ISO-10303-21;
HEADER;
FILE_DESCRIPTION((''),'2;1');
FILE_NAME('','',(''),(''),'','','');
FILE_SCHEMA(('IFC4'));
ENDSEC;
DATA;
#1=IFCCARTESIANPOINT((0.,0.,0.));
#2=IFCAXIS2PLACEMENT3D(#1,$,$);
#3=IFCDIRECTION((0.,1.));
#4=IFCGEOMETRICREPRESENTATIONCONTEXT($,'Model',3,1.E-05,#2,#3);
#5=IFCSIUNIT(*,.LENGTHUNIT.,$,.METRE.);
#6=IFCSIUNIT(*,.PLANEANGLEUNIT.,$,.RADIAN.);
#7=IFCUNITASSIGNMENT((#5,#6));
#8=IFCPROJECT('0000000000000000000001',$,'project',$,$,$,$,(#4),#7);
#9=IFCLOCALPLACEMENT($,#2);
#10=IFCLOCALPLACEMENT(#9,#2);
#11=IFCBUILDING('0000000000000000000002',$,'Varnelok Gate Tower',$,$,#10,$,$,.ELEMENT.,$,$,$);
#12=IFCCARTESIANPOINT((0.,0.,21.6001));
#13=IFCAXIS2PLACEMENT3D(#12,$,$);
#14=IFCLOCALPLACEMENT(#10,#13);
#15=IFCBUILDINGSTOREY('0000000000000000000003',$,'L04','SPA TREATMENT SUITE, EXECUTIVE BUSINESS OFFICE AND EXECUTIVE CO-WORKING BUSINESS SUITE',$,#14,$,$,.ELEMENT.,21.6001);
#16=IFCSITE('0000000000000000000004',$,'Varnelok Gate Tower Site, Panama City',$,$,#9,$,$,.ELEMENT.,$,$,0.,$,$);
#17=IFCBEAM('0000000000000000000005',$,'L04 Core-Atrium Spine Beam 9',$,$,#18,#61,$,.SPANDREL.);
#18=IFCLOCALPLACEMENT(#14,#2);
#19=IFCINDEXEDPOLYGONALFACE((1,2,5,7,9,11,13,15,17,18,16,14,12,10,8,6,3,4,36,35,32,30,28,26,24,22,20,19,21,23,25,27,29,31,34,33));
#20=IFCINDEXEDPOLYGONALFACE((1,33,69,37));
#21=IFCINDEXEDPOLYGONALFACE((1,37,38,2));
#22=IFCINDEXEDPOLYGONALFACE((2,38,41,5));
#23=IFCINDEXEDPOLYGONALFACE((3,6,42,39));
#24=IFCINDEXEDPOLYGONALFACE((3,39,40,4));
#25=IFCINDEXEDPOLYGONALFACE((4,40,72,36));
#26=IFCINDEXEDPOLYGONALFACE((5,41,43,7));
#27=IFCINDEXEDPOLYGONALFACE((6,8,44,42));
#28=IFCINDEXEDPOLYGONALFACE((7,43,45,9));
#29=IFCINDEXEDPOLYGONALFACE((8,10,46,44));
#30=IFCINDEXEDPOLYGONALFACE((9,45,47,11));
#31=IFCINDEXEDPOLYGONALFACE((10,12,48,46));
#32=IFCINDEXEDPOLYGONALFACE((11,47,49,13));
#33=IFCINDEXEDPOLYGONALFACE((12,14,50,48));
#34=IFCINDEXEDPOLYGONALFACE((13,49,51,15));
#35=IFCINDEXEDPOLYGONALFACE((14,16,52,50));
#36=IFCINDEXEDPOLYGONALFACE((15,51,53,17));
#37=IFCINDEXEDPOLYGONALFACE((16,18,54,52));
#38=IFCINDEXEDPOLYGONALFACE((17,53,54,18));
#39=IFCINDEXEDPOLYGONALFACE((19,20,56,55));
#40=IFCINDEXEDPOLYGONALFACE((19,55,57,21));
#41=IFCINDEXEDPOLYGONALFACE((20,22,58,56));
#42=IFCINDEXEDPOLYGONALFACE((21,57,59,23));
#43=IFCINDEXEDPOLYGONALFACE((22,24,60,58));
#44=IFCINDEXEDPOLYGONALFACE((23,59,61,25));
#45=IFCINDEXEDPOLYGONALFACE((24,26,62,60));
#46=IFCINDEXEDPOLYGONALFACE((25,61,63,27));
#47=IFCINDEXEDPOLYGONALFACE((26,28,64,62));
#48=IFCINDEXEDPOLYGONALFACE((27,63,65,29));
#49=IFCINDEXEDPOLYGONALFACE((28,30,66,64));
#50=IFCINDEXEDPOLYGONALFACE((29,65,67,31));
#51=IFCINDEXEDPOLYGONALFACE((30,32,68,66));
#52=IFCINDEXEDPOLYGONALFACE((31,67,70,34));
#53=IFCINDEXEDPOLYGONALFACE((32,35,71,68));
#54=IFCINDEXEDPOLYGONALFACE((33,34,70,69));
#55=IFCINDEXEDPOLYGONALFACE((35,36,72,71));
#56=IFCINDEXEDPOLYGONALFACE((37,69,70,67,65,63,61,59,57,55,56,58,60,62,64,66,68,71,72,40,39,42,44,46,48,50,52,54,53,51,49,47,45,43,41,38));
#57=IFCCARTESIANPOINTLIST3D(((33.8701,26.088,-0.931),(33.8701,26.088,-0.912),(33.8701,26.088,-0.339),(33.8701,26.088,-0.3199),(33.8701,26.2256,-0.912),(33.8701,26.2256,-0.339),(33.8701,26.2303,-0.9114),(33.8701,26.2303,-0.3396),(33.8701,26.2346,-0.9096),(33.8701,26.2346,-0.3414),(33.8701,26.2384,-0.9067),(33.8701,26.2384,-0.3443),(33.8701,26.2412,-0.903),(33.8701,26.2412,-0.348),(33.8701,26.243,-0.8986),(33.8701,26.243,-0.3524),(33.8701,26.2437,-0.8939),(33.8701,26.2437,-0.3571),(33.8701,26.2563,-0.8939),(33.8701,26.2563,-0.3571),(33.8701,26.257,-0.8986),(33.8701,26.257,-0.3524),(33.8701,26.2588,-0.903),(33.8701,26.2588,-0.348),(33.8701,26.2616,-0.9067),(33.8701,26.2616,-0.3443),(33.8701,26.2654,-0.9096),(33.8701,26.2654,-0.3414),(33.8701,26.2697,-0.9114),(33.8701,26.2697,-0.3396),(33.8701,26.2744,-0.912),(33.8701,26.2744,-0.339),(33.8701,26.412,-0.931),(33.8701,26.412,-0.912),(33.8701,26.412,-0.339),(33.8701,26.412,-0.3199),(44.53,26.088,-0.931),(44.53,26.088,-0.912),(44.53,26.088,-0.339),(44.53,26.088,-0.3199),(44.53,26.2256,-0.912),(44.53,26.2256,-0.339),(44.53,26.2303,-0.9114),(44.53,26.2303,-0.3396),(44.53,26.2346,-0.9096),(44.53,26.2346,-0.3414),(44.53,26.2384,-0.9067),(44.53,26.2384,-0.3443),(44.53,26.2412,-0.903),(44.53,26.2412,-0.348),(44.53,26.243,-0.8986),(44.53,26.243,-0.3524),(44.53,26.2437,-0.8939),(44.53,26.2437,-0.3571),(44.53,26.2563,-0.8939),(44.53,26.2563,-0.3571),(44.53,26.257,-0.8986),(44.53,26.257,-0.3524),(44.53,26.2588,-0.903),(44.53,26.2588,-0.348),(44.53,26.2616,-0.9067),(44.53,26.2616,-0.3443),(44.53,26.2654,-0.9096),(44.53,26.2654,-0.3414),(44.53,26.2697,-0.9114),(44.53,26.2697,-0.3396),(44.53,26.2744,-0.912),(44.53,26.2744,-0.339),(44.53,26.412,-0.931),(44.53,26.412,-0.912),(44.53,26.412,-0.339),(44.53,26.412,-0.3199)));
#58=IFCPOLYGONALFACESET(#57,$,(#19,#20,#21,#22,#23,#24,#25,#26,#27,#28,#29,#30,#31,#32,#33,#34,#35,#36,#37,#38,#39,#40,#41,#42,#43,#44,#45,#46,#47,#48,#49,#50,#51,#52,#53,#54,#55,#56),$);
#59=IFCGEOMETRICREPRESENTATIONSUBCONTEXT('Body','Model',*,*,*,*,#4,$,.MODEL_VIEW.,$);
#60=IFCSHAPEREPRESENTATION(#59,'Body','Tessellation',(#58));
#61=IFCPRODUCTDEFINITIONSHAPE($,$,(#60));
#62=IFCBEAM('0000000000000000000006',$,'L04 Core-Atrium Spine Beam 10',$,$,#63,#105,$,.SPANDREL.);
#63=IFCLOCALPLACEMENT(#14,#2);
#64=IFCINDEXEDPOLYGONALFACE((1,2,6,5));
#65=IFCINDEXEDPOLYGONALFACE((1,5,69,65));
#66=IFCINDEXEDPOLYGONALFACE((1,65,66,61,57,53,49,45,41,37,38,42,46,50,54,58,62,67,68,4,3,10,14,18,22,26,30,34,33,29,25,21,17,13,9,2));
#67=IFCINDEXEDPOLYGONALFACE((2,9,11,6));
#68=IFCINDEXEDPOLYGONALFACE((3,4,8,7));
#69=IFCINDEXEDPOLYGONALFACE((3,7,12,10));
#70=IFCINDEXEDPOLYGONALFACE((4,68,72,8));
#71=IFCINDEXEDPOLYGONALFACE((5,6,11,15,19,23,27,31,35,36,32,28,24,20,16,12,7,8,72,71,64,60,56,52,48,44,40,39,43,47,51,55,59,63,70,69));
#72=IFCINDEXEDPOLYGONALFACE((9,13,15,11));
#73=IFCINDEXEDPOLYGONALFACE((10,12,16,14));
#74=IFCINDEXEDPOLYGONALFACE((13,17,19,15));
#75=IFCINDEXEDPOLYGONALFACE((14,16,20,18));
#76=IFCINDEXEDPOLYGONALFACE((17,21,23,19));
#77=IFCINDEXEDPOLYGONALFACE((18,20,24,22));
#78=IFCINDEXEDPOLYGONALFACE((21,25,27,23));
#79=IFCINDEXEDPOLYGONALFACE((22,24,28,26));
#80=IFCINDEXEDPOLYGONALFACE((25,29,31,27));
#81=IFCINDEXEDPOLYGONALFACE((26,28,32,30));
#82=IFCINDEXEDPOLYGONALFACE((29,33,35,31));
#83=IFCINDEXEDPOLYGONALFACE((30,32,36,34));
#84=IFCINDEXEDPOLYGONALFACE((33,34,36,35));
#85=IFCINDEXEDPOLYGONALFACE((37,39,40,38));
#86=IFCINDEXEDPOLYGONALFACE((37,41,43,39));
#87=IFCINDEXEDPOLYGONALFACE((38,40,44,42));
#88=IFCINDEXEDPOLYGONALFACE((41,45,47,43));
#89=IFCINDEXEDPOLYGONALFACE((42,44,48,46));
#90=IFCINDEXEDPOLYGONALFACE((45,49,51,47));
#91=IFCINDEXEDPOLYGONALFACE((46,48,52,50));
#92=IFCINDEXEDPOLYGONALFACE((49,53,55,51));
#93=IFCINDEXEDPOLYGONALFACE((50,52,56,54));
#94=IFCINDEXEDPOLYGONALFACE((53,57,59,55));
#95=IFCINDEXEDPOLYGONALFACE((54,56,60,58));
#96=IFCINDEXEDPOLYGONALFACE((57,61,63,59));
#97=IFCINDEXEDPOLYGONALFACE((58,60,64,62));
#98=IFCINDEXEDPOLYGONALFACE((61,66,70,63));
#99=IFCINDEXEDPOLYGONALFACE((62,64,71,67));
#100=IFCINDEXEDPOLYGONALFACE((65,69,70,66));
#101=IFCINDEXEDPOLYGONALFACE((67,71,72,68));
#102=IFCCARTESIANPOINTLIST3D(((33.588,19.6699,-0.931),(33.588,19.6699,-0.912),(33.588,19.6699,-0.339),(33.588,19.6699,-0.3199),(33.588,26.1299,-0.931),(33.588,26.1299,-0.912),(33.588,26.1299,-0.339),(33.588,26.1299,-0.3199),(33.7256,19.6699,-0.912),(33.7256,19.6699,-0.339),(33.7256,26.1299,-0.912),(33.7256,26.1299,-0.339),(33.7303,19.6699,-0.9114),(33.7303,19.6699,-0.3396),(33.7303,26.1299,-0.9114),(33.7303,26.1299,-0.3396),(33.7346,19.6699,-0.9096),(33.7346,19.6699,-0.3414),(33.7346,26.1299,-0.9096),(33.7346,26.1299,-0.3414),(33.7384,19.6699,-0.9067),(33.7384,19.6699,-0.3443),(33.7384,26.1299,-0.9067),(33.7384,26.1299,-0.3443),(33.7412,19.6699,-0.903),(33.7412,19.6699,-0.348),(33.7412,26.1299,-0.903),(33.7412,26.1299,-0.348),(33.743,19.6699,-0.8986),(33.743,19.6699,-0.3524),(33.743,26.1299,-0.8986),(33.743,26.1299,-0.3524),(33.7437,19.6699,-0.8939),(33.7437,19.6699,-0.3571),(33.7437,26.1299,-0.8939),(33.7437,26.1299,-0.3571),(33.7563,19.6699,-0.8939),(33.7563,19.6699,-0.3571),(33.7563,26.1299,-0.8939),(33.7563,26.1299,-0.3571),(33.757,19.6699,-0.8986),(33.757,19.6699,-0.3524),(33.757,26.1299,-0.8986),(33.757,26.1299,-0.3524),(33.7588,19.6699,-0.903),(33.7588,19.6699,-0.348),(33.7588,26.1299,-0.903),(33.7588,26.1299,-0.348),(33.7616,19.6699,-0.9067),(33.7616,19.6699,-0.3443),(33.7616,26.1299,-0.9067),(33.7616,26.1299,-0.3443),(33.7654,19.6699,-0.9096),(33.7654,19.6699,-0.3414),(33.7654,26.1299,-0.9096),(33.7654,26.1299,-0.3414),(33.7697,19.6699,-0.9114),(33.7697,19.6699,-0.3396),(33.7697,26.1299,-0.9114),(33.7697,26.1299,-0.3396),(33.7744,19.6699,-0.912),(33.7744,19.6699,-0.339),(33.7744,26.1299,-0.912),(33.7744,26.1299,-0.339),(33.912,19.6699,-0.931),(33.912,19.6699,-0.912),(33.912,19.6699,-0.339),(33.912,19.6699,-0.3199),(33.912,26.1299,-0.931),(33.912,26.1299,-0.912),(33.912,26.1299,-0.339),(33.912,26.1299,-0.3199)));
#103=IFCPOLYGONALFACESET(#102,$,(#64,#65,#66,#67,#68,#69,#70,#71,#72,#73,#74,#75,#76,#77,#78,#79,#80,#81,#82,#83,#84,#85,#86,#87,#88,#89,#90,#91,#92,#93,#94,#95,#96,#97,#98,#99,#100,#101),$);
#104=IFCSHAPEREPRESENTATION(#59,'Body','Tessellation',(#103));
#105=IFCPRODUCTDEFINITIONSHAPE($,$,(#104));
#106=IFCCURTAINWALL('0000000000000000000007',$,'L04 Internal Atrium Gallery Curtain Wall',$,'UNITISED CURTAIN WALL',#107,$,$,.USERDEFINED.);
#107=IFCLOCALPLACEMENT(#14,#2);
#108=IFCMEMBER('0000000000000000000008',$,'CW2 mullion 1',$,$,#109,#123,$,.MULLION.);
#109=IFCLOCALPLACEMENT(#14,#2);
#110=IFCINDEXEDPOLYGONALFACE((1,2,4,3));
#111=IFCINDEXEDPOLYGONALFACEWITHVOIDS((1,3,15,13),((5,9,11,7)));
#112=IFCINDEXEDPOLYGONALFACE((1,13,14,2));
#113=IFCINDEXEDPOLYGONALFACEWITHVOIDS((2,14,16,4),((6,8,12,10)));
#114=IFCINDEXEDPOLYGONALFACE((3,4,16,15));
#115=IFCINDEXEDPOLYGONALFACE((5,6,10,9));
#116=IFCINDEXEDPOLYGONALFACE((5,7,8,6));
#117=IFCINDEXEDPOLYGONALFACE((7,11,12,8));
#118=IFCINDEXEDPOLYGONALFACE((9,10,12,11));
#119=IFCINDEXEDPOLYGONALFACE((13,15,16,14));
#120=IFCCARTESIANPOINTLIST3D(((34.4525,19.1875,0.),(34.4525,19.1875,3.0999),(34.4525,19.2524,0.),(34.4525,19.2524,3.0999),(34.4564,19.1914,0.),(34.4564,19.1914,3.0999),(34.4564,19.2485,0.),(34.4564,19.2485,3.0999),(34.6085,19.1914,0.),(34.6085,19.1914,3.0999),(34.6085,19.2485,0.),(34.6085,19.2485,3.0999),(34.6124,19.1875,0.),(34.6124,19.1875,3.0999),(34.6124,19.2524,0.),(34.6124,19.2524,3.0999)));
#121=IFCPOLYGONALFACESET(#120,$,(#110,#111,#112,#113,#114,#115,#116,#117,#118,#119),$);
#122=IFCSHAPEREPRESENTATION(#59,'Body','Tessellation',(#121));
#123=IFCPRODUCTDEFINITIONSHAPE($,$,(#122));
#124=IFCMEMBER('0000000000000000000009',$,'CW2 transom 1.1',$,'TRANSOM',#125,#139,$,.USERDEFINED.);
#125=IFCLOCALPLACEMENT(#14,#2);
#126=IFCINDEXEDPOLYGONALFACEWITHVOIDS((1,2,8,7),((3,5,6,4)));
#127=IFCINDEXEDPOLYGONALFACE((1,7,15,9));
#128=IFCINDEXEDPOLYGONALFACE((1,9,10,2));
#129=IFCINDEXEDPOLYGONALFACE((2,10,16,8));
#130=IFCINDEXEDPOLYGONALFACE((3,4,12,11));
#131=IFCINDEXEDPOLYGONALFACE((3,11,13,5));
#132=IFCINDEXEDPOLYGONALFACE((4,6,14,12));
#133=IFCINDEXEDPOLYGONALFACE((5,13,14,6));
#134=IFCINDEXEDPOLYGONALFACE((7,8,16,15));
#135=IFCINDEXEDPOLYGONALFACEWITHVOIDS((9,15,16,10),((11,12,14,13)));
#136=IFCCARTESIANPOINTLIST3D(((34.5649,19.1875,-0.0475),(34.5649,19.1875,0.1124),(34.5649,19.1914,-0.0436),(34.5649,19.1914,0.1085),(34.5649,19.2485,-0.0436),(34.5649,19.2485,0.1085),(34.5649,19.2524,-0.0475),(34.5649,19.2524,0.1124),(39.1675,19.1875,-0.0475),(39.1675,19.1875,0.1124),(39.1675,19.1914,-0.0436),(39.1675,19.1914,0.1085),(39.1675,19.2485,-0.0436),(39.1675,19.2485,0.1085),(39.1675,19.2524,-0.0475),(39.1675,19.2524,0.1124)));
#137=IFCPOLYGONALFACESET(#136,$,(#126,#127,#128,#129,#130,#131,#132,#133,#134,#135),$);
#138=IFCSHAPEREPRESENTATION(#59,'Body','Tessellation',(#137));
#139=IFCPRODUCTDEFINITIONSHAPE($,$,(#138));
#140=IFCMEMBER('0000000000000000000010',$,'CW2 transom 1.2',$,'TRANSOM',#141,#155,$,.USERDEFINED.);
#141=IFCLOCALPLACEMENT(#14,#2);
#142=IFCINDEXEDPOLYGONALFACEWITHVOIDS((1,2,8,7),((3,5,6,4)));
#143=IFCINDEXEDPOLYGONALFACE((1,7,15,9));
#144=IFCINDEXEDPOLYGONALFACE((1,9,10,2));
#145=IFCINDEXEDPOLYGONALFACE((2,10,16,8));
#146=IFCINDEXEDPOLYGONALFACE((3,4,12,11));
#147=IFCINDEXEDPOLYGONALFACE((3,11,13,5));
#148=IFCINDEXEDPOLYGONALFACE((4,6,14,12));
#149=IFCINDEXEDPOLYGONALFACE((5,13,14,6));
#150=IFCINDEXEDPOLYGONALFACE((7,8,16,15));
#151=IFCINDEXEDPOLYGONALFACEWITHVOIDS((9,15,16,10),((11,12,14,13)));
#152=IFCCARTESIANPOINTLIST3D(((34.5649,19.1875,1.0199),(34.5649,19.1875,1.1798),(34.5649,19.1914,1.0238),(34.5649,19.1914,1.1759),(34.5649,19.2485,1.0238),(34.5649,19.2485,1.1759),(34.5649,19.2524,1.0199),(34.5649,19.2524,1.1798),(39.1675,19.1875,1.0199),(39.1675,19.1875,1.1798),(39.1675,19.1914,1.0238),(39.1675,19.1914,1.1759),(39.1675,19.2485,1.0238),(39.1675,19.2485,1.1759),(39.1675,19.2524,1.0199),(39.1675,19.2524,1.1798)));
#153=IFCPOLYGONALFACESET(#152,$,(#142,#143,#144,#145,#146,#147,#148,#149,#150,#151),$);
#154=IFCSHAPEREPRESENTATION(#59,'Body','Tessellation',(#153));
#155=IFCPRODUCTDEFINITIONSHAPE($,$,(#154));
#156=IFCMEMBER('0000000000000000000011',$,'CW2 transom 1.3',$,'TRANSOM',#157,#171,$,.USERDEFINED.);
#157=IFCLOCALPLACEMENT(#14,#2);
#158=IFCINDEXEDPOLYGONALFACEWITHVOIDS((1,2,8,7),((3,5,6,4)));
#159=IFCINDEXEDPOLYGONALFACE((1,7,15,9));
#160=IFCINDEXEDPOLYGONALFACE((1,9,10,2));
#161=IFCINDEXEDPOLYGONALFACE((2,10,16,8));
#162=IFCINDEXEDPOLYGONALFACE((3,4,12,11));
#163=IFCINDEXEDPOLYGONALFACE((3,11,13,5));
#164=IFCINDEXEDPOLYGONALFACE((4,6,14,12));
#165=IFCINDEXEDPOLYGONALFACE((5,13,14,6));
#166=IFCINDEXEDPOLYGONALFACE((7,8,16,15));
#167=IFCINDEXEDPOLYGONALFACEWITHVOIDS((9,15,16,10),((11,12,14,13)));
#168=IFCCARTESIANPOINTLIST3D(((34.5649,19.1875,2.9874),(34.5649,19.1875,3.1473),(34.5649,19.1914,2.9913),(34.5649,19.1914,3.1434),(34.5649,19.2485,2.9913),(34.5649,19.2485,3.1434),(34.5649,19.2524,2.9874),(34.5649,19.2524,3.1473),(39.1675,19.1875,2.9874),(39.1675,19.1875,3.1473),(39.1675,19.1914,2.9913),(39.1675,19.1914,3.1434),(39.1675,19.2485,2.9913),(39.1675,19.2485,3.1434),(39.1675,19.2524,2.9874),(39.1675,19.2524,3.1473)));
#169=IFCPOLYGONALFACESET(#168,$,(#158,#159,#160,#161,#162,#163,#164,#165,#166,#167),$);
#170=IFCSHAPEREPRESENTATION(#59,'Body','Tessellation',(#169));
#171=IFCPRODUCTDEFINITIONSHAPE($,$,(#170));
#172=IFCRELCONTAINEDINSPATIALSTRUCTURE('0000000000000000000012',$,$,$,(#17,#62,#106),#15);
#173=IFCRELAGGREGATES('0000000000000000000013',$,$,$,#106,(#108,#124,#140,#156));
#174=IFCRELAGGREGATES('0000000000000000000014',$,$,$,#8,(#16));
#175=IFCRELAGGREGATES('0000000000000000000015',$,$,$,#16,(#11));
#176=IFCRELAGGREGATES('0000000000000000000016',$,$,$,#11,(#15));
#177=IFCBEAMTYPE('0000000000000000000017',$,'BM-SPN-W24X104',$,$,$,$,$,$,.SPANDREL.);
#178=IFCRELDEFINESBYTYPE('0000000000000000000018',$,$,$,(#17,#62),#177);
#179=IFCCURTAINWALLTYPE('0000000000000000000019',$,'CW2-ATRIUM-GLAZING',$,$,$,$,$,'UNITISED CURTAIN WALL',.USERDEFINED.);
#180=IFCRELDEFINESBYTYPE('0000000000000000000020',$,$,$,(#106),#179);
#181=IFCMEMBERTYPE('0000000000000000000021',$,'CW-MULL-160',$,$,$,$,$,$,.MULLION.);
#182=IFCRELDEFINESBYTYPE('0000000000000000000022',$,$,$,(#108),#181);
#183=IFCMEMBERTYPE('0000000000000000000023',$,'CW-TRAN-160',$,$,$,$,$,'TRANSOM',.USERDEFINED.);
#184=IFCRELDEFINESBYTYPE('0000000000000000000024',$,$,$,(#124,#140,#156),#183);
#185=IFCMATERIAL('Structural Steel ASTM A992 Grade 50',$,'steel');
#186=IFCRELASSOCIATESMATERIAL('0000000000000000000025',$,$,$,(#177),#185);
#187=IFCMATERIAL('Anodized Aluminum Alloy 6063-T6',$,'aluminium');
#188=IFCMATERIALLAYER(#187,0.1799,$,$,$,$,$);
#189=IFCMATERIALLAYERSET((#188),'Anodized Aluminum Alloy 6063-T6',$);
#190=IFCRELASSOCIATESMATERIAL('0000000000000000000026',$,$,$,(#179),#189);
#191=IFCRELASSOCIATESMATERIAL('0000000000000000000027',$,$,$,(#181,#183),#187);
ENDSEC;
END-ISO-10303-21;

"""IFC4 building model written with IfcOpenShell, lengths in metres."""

from ifc_helpers import new_model, si_unit, direction, frame, origin, origin_2d, place, context, subcontext, project, spatial, hollow_rectangle, i_section, extrude, material, layer, layer_set, material_profile, profile_set, type_object, element, aggregate, save


model = new_model("IFC4")

# Units and contexts
model_context = context("Model", 3, precision=1e-05, world=origin(), true_north=direction((0.0, 1.0)))
body_context = subcontext(model_context, "Body", "Model", "MODEL_VIEW")
ifc_project = project(units=[si_unit("LENGTHUNIT", "METRE"), si_unit("PLANEANGLEUNIT", "RADIAN")], contexts=[model_context])

# Site, building, storey
site_placement = place(None, origin())
site = spatial("IfcSite", under=ifc_project, at=site_placement, Name="Varnelok Gate Tower Site, Panama City", CompositionType="ELEMENT", RefElevation=0.0)
building_placement = place(site_placement, origin())
building = spatial("IfcBuilding", under=site, at=building_placement, Name="Varnelok Gate Tower", CompositionType="ELEMENT")
storey_placement = place(building_placement, frame((0.0, 0.0, 21.6001)))
storey = spatial("IfcBuildingStorey", under=building, at=storey_placement, Name="L04", Description="SPA TREATMENT SUITE, EXECUTIVE BUSINESS OFFICE AND EXECUTIVE CO-WORKING BUSINESS SUITE", CompositionType="ELEMENT", Elevation=21.6001)

# Shared definitions
ifc_material_1 = material(Name="Structural Steel ASTM A992 Grade 50", Category="steel")

# Beams
ifc_material_profile_1 = material_profile(ifc_material_1, i_section(OverallWidth=0.324, OverallDepth=0.6111, WebThickness=0.0127, FlangeThickness=0.019, FilletRadius=0.0181, at=origin_2d()), Name="W24X104")
ifc_profile_set_1 = profile_set([ifc_material_profile_1], Name="Structural Steel ASTM A992 Grade 50")
beam_type_1 = type_object("IfcBeamType", Name="BM-SPN-W24X104", PredefinedType="SPANDREL", material=ifc_profile_set_1)
for number, where, z_axis, x_axis, name in (
    (1, (33.8701, 26.25, -0.6255), (1.0, 0.0, 0.0), (0.0, 1.0, 0.0), "L04 Core-Atrium Spine Beam 9"),
):
    element("IfcBeam", number, at=place(storey_placement, frame(where, z_axis=z_axis, x_axis=x_axis)), inside=storey, type_object=beam_type_1, Name=name, PredefinedType="SPANDREL", context=body_context, shape_type="SweptSolid", body=[
        extrude(i_section(OverallWidth=0.324, OverallDepth=0.6111, WebThickness=0.0127, FlangeThickness=0.019, FilletRadius=0.0181, at=origin_2d()), origin(), (0.0, 0.0, 1.0), 10.6599),
    ])
beam_1_placement = place(storey_placement, frame((33.75, 19.6699, -0.6255), z_axis=(0.0, 1.0, 0.0), x_axis=(-1.0, 0.0, 0.0)))
element("IfcBeam", 2, at=beam_1_placement, inside=storey, type_object=beam_type_1, Name="L04 Core-Atrium Spine Beam 10", PredefinedType="SPANDREL", context=body_context, shape_type="SweptSolid", body=[
    extrude(i_section(OverallWidth=0.324, OverallDepth=0.6111, WebThickness=0.0127, FlangeThickness=0.019, FilletRadius=0.0181, at=origin_2d()), origin(), (0.0, 0.0, 1.0), 6.46),
])

# Curtain wall, members
ifc_material_2 = material(Name="Anodized Aluminum Alloy 6063-T6", Category="aluminium")
ifc_layer_1 = layer(ifc_material_2, 0.1799)
ifc_layer_set_1 = layer_set([ifc_layer_1], Name="Anodized Aluminum Alloy 6063-T6")
curtain_wall_type = type_object("IfcCurtainWallType", Name="CW2-ATRIUM-GLAZING", ElementType="UNITISED CURTAIN WALL", PredefinedType="USERDEFINED", material=ifc_layer_set_1)
curtain_wall_placement = place(storey_placement, origin())
curtain_wall = element("IfcCurtainWall", 3, at=curtain_wall_placement, inside=storey, type_object=curtain_wall_type, Name="L04 Internal Atrium Gallery Curtain Wall", ObjectType="UNITISED CURTAIN WALL", PredefinedType="USERDEFINED")
ifc_material_profile_2 = material_profile(ifc_material_2, hollow_rectangle(XDim=0.0649, YDim=0.1599, WallThickness=0.0039, at=origin_2d()), Name="ALU160X65X4")
ifc_profile_set_2 = profile_set([ifc_material_profile_2], Name="Anodized Aluminum Alloy 6063-T6")
member_type_1 = type_object("IfcMemberType", Name="CW-MULL-160", PredefinedType="MULLION", material=ifc_profile_set_2)
member_1_placement = place(storey_placement, frame((34.5325, 19.22, 0.0), z_axis=(0.0, 0.0, 1.0), x_axis=(0.0, 1.0, 0.0)))
member_1 = element("IfcMember", 4, at=member_1_placement, type_object=member_type_1, Name="CW2 mullion 1", PredefinedType="MULLION", context=body_context, shape_type="SweptSolid", body=[
    extrude(hollow_rectangle(XDim=0.0649, YDim=0.1599, WallThickness=0.0039, at=origin_2d()), origin(), (0.0, 0.0, 1.0), 3.0999),
])
ifc_material_profile_3 = material_profile(ifc_material_2, hollow_rectangle(XDim=0.0649, YDim=0.1599, WallThickness=0.0039, at=origin_2d()), Name="ALU160X65X4")
ifc_profile_set_3 = profile_set([ifc_material_profile_3], Name="Anodized Aluminum Alloy 6063-T6")
member_type_2 = type_object("IfcMemberType", Name="CW-TRAN-160", ElementType="TRANSOM", PredefinedType="USERDEFINED", material=ifc_profile_set_3)
member_2_placement = place(storey_placement, frame((34.5649, 19.22, 0.0325), z_axis=(1.0, 0.0, 0.0), x_axis=(0.0, 1.0, 0.0)))
member_2 = element("IfcMember", 5, at=member_2_placement, type_object=member_type_2, Name="CW2 transom 1.1", ObjectType="TRANSOM", PredefinedType="USERDEFINED", context=body_context, shape_type="SweptSolid", body=[
    extrude(hollow_rectangle(XDim=0.0649, YDim=0.1599, WallThickness=0.0039, at=origin_2d()), origin(), (0.0, 0.0, 1.0), 4.6025),
])
member_3_placement = place(storey_placement, frame((34.5649, 19.22, 1.0999), z_axis=(1.0, 0.0, 0.0), x_axis=(0.0, 1.0, 0.0)))
member_3 = element("IfcMember", 6, at=member_3_placement, type_object=member_type_2, Name="CW2 transom 1.2", ObjectType="TRANSOM", PredefinedType="USERDEFINED", context=body_context, shape_type="SweptSolid", body=[
    extrude(hollow_rectangle(XDim=0.0649, YDim=0.1599, WallThickness=0.0039, at=origin_2d()), origin(), (0.0, 0.0, 1.0), 4.6025),
])
member_4_placement = place(storey_placement, frame((34.5649, 19.22, 3.0674), z_axis=(1.0, 0.0, 0.0), x_axis=(0.0, 1.0, 0.0)))
member_4 = element("IfcMember", 7, at=member_4_placement, type_object=member_type_2, Name="CW2 transom 1.3", ObjectType="TRANSOM", PredefinedType="USERDEFINED", context=body_context, shape_type="SweptSolid", body=[
    extrude(hollow_rectangle(XDim=0.0649, YDim=0.1599, WallThickness=0.0039, at=origin_2d()), origin(), (0.0, 0.0, 1.0), 4.6025),
])
aggregate(curtain_wall, [member_1, member_2, member_3, member_4])

save(model, "model.ifc")
